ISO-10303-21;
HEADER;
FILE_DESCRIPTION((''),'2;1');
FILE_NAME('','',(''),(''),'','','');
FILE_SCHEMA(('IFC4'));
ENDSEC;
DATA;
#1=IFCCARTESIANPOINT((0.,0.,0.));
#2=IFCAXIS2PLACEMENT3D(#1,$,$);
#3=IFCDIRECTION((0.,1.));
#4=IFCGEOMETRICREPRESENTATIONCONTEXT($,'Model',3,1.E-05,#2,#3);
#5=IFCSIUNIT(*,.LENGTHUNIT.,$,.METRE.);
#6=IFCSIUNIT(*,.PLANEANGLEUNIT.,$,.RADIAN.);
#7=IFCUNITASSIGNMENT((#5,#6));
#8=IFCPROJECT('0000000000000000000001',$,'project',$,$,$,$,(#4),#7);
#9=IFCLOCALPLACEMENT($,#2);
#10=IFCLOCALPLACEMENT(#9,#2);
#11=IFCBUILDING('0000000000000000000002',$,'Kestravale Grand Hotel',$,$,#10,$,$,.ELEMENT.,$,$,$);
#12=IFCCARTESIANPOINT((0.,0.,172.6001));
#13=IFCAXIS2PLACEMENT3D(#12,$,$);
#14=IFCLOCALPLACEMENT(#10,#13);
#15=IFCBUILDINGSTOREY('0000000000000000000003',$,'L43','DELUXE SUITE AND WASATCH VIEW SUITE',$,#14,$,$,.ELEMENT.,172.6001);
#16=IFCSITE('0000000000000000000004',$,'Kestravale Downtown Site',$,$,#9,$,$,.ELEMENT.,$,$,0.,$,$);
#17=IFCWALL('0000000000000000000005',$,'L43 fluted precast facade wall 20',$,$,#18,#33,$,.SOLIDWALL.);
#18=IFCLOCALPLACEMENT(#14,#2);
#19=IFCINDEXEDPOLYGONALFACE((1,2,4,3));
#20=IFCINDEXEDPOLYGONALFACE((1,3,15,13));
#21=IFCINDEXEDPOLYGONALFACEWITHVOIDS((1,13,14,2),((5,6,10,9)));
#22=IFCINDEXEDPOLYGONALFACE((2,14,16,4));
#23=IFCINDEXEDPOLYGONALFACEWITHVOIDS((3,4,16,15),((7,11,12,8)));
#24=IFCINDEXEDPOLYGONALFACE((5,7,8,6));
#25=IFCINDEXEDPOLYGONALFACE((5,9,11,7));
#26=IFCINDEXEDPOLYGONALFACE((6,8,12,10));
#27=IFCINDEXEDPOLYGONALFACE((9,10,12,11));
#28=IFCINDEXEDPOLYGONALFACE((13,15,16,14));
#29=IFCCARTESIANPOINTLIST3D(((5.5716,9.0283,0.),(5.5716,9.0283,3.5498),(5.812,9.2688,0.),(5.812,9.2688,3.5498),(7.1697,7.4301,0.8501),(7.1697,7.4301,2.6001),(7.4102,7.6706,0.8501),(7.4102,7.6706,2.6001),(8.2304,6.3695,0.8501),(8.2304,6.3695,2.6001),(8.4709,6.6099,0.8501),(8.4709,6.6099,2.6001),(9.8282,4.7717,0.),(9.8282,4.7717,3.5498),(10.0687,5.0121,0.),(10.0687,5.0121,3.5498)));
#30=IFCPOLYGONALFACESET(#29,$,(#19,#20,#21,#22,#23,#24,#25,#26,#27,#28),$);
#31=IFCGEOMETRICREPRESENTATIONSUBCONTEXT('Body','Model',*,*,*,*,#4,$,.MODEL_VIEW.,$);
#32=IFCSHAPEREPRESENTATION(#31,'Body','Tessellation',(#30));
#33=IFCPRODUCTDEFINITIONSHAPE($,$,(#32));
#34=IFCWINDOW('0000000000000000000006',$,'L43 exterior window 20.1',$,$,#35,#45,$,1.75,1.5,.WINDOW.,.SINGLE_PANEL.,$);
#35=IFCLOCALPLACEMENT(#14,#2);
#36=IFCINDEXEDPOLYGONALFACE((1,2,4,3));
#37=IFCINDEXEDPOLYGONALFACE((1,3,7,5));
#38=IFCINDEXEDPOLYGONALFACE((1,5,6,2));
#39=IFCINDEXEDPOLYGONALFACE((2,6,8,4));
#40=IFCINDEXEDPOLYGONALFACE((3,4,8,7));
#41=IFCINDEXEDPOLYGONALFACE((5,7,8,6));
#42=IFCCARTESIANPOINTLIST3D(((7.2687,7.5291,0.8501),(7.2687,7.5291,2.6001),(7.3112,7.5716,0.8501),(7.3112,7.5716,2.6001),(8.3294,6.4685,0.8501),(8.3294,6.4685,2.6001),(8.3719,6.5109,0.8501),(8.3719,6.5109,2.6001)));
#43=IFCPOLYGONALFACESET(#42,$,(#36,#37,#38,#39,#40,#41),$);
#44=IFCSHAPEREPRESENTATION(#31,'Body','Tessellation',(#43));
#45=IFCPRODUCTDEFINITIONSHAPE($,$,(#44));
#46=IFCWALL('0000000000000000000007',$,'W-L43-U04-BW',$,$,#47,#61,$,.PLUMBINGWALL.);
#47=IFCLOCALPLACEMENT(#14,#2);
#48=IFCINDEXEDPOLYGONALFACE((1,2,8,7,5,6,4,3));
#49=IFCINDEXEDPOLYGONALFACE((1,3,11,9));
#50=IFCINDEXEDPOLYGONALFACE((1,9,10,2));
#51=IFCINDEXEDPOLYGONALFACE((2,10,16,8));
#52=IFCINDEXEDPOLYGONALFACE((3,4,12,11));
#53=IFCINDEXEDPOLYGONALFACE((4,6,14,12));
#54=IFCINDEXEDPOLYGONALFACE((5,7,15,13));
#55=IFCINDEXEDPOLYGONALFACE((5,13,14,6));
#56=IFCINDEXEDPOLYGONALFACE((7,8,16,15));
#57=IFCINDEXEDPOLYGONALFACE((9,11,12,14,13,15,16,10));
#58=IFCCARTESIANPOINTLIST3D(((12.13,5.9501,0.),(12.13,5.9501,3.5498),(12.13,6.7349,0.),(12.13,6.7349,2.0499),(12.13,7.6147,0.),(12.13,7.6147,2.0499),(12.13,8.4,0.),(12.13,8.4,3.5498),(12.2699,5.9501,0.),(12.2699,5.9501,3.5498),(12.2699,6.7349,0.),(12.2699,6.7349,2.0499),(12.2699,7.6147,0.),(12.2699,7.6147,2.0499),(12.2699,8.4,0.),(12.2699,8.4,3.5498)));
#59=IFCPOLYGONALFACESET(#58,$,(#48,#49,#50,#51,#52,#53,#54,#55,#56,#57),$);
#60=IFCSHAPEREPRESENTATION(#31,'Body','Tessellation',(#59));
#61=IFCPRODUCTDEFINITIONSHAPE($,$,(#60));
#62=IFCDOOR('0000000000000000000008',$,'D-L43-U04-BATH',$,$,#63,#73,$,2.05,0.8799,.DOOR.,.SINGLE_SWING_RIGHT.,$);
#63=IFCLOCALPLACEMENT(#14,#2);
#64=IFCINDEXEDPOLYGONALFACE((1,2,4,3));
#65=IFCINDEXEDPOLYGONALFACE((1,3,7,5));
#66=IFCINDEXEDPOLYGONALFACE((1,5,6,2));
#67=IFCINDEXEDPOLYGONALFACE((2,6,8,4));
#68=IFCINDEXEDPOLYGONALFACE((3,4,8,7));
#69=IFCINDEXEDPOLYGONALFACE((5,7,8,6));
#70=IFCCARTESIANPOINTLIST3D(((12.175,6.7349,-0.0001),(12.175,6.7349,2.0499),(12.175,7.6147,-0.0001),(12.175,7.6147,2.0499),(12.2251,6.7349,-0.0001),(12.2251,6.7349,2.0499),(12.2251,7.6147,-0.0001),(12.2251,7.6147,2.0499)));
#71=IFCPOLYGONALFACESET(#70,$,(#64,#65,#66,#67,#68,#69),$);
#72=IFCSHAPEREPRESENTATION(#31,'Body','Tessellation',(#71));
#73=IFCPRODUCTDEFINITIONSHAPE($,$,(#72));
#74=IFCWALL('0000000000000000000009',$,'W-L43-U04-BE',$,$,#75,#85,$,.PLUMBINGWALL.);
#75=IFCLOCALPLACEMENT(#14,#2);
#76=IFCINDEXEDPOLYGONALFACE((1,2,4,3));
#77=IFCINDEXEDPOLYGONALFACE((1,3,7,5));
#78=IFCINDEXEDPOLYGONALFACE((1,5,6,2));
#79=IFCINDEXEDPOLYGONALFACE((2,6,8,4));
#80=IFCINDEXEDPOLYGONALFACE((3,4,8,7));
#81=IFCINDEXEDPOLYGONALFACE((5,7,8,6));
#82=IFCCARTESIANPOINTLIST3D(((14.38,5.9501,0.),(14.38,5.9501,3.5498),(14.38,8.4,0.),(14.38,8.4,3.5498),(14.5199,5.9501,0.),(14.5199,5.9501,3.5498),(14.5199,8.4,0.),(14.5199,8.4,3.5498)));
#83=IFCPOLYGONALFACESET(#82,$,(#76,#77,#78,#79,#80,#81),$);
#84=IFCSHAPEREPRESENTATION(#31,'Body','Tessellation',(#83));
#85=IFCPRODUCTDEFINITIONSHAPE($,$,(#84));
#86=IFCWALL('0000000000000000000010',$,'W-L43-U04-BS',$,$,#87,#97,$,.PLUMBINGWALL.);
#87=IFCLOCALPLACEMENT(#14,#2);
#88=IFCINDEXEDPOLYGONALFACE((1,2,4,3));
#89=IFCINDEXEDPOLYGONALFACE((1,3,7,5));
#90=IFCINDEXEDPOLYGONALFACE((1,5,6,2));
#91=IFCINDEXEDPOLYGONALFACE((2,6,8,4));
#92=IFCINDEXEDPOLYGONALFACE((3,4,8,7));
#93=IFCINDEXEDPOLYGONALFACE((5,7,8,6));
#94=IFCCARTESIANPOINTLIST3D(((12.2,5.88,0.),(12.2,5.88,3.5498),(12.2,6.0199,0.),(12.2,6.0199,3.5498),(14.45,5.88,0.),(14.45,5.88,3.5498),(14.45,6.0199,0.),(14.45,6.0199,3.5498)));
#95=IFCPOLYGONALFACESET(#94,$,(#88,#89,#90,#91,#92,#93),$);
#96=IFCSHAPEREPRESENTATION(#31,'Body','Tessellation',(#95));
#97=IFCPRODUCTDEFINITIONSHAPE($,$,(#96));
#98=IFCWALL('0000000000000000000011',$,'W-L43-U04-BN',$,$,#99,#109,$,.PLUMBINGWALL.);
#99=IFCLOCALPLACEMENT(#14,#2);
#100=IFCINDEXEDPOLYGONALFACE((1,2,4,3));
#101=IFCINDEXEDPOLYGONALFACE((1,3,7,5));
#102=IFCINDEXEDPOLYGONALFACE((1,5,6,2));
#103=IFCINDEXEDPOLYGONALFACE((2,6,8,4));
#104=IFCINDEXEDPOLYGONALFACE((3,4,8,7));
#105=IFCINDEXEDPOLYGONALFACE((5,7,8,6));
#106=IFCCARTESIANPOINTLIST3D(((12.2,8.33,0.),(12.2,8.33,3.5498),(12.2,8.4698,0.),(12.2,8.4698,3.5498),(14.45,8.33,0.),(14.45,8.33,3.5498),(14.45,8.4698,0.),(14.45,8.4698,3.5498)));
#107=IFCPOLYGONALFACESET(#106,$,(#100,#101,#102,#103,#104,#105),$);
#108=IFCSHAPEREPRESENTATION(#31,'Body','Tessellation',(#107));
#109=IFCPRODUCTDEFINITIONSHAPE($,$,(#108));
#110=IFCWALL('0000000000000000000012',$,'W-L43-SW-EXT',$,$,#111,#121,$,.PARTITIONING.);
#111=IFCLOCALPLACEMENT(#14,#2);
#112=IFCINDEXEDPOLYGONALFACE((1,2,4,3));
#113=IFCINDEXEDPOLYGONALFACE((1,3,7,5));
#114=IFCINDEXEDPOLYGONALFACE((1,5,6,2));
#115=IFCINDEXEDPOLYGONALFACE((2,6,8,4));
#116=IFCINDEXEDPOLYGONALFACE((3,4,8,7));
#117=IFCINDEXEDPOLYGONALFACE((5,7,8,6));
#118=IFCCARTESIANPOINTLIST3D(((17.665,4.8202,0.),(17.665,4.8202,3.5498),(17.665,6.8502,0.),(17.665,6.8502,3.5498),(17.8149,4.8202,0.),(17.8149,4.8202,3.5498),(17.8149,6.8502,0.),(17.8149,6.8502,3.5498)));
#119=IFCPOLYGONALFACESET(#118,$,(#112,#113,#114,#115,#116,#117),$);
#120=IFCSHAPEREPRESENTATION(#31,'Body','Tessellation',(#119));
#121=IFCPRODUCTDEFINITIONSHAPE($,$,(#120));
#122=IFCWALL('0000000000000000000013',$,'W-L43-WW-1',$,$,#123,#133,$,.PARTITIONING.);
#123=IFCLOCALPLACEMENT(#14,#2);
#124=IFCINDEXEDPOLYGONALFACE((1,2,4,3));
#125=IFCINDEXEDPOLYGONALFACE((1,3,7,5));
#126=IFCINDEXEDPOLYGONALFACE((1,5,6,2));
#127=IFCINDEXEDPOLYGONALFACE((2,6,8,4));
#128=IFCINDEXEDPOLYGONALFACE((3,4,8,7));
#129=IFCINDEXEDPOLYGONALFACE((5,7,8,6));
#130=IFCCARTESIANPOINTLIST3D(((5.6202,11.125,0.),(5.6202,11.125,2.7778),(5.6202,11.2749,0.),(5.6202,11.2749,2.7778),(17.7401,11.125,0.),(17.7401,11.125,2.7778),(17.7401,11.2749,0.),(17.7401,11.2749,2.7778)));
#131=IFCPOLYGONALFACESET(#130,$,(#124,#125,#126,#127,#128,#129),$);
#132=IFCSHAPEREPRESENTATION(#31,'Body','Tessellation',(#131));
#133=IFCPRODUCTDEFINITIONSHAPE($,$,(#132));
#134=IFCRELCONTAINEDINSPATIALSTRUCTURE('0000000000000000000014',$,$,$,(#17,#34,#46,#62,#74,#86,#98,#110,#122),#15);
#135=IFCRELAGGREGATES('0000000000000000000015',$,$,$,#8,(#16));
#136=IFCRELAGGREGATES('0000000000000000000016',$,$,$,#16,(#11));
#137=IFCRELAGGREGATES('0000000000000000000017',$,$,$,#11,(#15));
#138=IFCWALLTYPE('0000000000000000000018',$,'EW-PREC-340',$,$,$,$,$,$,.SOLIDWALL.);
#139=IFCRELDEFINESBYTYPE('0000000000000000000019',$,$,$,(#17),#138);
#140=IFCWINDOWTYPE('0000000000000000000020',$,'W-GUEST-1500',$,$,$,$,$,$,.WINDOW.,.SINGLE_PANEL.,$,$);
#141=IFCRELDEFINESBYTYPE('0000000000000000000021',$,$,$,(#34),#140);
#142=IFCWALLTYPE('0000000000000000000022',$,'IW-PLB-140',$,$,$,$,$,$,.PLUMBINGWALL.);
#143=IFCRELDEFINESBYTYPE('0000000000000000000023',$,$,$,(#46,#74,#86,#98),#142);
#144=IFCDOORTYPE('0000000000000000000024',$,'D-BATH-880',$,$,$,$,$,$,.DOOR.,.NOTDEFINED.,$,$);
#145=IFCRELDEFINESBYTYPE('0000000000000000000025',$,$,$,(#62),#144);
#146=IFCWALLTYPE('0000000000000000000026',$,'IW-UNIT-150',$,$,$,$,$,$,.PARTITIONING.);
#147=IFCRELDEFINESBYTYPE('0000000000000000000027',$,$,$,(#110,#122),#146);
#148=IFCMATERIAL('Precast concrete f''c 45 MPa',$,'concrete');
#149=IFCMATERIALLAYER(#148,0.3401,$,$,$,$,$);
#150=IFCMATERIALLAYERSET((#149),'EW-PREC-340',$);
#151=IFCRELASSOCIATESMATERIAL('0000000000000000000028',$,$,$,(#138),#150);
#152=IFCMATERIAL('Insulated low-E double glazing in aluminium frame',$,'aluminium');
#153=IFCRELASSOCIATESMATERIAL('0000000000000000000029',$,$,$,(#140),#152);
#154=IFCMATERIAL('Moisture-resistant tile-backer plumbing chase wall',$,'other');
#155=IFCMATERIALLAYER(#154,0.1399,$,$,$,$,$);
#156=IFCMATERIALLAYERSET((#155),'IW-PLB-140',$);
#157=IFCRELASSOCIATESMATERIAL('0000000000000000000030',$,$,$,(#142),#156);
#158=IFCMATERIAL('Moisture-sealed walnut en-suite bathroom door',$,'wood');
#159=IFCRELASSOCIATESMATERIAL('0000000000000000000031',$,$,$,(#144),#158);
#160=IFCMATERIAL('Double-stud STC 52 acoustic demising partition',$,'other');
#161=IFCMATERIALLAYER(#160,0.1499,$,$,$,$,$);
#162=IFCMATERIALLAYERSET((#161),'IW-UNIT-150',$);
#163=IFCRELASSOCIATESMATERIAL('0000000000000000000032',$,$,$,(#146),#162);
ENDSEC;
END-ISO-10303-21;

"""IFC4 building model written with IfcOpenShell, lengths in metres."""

from ifc_helpers import new_model, si_unit, direction, frame, frame_2d, origin, place, context, subcontext, project, spatial, rectangle, extrude, material, layer, layer_set, type_object, element, fill, save


model = new_model("IFC4")

# Units and contexts
model_context = context("Model", 3, precision=1e-05, world=origin(), true_north=direction((0.0, 1.0)))
body_context = subcontext(model_context, "Body", "Model", "MODEL_VIEW")
ifc_project = project(units=[si_unit("LENGTHUNIT", "METRE"), si_unit("PLANEANGLEUNIT", "RADIAN")], contexts=[model_context])

# Site, building, storey
site_placement = place(None, origin())
site = spatial("IfcSite", under=ifc_project, at=site_placement, Name="Kestravale Downtown Site", CompositionType="ELEMENT", RefElevation=0.0)
building_placement = place(site_placement, origin())
building = spatial("IfcBuilding", under=site, at=building_placement, Name="Kestravale Grand Hotel", CompositionType="ELEMENT")
storey_placement = place(building_placement, frame((0.0, 0.0, 172.6001)))
storey = spatial("IfcBuildingStorey", under=building, at=storey_placement, Name="L43", Description="DELUXE SUITE AND WASATCH VIEW SUITE", CompositionType="ELEMENT", Elevation=172.6001)

# Shared definitions
ifc_material_1 = material(Name="Precast concrete f'c 45 MPa", Category="concrete")
ifc_layer_1 = layer(ifc_material_1, 0.3401)
ifc_layer_set_1 = layer_set([ifc_layer_1], Name="EW-PREC-340")
wall_type_1 = type_object("IfcWallType", Name="EW-PREC-340", PredefinedType="SOLIDWALL", material=ifc_layer_set_1)
ifc_material_2 = material(Name="Insulated low-E double glazing in aluminium frame", Category="aluminium")
window_type = type_object("IfcWindowType", Name="W-GUEST-1500", PartitioningType="SINGLE_PANEL", PredefinedType="WINDOW", material=ifc_material_2)

# Wall, opening, window
wall_1_placement = place(storey_placement, frame((5.6919, 9.1484, 0.0), z_axis=(0.0, 0.0, 1.0), x_axis=(0.707107, -0.707107, 0.0)))
wall_1 = element("IfcWall", 1, at=wall_1_placement, inside=storey, type_object=wall_type_1, Name="L43 fluted precast facade wall 20", PredefinedType="SOLIDWALL", context=body_context, shape_type="SweptSolid", body=[
    extrude(rectangle(XDim=6.0198, YDim=0.3401, at=frame_2d((3.0098, 0.0))), origin(), (0.0, 0.0, 1.0), 3.5498),
])
opening_1_placement = place(wall_1_placement, frame((2.26, 0.0, 0.8501)))
opening_1 = element("IfcOpeningElement", 2, at=opening_1_placement, cuts=wall_1, PredefinedType="OPENING", context=body_context, shape_type="SweptSolid", body=[
    extrude(rectangle(XDim=1.5, YDim=1.75, at=frame_2d((0.75, 0.875))), frame((0.0, 0.1799, 0.0), z_axis=(0.0, -1.0, 0.0), x_axis=(1.0, 0.0, 0.0)), (0.0, 0.0, 1.0), 0.3601),
])
window_1_placement = place(opening_1_placement, origin())
window_1 = element("IfcWindow", 3, at=window_1_placement, inside=storey, type_object=window_type, Name="L43 exterior window 20.1", OverallHeight=1.75, OverallWidth=1.5, PartitioningType="SINGLE_PANEL", PredefinedType="WINDOW", context=body_context, shape_type="SweptSolid", body=[
    extrude(rectangle(XDim=1.5, YDim=1.75, at=frame_2d((0.75, 0.875))), frame((0.0, 0.03, 0.0), z_axis=(0.0, -1.0, 0.0), x_axis=(1.0, 0.0, 0.0)), (0.0, 0.0, 1.0), 0.0601),
])
fill(opening_1, window_1)

# Wall, opening, door
ifc_material_3 = material(Name="Moisture-resistant tile-backer plumbing chase wall", Category="other")
ifc_layer_2 = layer(ifc_material_3, 0.1399)
ifc_layer_set_2 = layer_set([ifc_layer_2], Name="IW-PLB-140")
wall_type_2 = type_object("IfcWallType", Name="IW-PLB-140", PredefinedType="PLUMBINGWALL", material=ifc_layer_set_2)
wall_2_placement = place(storey_placement, frame((12.2, 5.95, 0.0), z_axis=(0.0, 0.0, 1.0), x_axis=(0.0, 1.0, 0.0)))
wall_2 = element("IfcWall", 4, at=wall_2_placement, inside=storey, type_object=wall_type_2, Name="W-L43-U04-BW", PredefinedType="PLUMBINGWALL", context=body_context, shape_type="SweptSolid", body=[
    extrude(rectangle(XDim=2.45, YDim=0.1399, at=frame_2d((1.2251, 0.0))), origin(), (0.0, 0.0, 1.0), 3.5498),
])
opening_2_placement = place(wall_2_placement, frame((0.7849, 0.0, 0.0)))
opening_2 = element("IfcOpeningElement", 5, at=opening_2_placement, cuts=wall_2, PredefinedType="OPENING", context=body_context, shape_type="SweptSolid", body=[
    extrude(rectangle(XDim=0.8799, YDim=2.05, at=frame_2d((0.4399, 1.0249))), frame((0.0, 0.0798, 0.0), z_axis=(0.0, -1.0, 0.0), x_axis=(1.0, 0.0, 0.0)), (0.0, 0.0, 1.0), 0.1599),
])
ifc_material_4 = material(Name="Moisture-sealed walnut en-suite bathroom door", Category="wood")
door_type_1 = type_object("IfcDoorType", Name="D-BATH-880", OperationType="NOTDEFINED", PredefinedType="DOOR", material=ifc_material_4)
door_1_placement = place(opening_2_placement, origin())
door_1 = element("IfcDoor", 6, at=door_1_placement, inside=storey, type_object=door_type_1, Name="D-L43-U04-BATH", OperationType="SINGLE_SWING_RIGHT", OverallHeight=2.05, OverallWidth=0.8799, PredefinedType="DOOR", context=body_context, shape_type="SweptSolid", body=[
    extrude(rectangle(XDim=0.8799, YDim=2.05, at=frame_2d((0.4399, 1.0249))), frame((0.0, 0.0249, 0.0), z_axis=(0.0, -1.0, 0.0), x_axis=(1.0, 0.0, 0.0)), (0.0, 0.0, 1.0), 0.05),
])
fill(opening_2, door_1)

# Walls
wall_3_placement = place(storey_placement, frame((14.45, 5.95, 0.0), z_axis=(0.0, 0.0, 1.0), x_axis=(0.0, 1.0, 0.0)))
element("IfcWall", 7, at=wall_3_placement, inside=storey, type_object=wall_type_2, Name="W-L43-U04-BE", PredefinedType="PLUMBINGWALL", context=body_context, shape_type="SweptSolid", body=[
    extrude(rectangle(XDim=2.45, YDim=0.1399, at=frame_2d((1.2251, 0.0))), origin(), (0.0, 0.0, 1.0), 3.5498),
])
for number, where, z_axis, x_axis, name in (
    (8, (12.2, 5.95, 0.0), (0.0, 0.0, 1.0), (1.0, 0.0, 0.0), "W-L43-U04-BS"),
    (9, (12.2, 8.3999, 0.0), (0.0, 0.0, 1.0), (1.0, 0.0, 0.0), "W-L43-U04-BN"),
):
    element("IfcWall", number, at=place(storey_placement, frame(where, z_axis=z_axis, x_axis=x_axis)), inside=storey, type_object=wall_type_2, Name=name, PredefinedType="PLUMBINGWALL", context=body_context, shape_type="SweptSolid", body=[
        extrude(rectangle(XDim=2.25, YDim=0.1399, at=frame_2d((1.125, 0.0))), origin(), (0.0, 0.0, 1.0), 3.5498),
    ])
ifc_material_5 = material(Name="Double-stud STC 52 acoustic demising partition", Category="other")
ifc_layer_3 = layer(ifc_material_5, 0.1499)
ifc_layer_set_3 = layer_set([ifc_layer_3], Name="IW-UNIT-150")
wall_type_3 = type_object("IfcWallType", Name="IW-UNIT-150", PredefinedType="PARTITIONING", material=ifc_layer_set_3)
wall_4_placement = place(storey_placement, frame((17.74, 4.8201, 0.0), z_axis=(0.0, 0.0, 1.0), x_axis=(0.0, 1.0, 0.0)))
element("IfcWall", 10, at=wall_4_placement, inside=storey, type_object=wall_type_3, Name="W-L43-SW-EXT", PredefinedType="PARTITIONING", context=body_context, shape_type="SweptSolid", body=[
    extrude(rectangle(XDim=2.03, YDim=0.1499, at=frame_2d((1.0151, 0.0))), origin(), (0.0, 0.0, 1.0), 3.5498),
])
wall_5_placement = place(storey_placement, frame((5.6201, 11.2, 0.0), z_axis=(0.0, 0.0, 1.0), x_axis=(1.0, 0.0, 0.0)))
element("IfcWall", 11, at=wall_5_placement, inside=storey, type_object=wall_type_3, Name="W-L43-WW-1", PredefinedType="PARTITIONING", context=body_context, shape_type="SweptSolid", body=[
    extrude(rectangle(XDim=12.1199, YDim=0.1499, at=frame_2d((6.0601, 0.0))), origin(), (0.0, 0.0, 1.0), 2.7778),
])

save(model, "model.ifc")
